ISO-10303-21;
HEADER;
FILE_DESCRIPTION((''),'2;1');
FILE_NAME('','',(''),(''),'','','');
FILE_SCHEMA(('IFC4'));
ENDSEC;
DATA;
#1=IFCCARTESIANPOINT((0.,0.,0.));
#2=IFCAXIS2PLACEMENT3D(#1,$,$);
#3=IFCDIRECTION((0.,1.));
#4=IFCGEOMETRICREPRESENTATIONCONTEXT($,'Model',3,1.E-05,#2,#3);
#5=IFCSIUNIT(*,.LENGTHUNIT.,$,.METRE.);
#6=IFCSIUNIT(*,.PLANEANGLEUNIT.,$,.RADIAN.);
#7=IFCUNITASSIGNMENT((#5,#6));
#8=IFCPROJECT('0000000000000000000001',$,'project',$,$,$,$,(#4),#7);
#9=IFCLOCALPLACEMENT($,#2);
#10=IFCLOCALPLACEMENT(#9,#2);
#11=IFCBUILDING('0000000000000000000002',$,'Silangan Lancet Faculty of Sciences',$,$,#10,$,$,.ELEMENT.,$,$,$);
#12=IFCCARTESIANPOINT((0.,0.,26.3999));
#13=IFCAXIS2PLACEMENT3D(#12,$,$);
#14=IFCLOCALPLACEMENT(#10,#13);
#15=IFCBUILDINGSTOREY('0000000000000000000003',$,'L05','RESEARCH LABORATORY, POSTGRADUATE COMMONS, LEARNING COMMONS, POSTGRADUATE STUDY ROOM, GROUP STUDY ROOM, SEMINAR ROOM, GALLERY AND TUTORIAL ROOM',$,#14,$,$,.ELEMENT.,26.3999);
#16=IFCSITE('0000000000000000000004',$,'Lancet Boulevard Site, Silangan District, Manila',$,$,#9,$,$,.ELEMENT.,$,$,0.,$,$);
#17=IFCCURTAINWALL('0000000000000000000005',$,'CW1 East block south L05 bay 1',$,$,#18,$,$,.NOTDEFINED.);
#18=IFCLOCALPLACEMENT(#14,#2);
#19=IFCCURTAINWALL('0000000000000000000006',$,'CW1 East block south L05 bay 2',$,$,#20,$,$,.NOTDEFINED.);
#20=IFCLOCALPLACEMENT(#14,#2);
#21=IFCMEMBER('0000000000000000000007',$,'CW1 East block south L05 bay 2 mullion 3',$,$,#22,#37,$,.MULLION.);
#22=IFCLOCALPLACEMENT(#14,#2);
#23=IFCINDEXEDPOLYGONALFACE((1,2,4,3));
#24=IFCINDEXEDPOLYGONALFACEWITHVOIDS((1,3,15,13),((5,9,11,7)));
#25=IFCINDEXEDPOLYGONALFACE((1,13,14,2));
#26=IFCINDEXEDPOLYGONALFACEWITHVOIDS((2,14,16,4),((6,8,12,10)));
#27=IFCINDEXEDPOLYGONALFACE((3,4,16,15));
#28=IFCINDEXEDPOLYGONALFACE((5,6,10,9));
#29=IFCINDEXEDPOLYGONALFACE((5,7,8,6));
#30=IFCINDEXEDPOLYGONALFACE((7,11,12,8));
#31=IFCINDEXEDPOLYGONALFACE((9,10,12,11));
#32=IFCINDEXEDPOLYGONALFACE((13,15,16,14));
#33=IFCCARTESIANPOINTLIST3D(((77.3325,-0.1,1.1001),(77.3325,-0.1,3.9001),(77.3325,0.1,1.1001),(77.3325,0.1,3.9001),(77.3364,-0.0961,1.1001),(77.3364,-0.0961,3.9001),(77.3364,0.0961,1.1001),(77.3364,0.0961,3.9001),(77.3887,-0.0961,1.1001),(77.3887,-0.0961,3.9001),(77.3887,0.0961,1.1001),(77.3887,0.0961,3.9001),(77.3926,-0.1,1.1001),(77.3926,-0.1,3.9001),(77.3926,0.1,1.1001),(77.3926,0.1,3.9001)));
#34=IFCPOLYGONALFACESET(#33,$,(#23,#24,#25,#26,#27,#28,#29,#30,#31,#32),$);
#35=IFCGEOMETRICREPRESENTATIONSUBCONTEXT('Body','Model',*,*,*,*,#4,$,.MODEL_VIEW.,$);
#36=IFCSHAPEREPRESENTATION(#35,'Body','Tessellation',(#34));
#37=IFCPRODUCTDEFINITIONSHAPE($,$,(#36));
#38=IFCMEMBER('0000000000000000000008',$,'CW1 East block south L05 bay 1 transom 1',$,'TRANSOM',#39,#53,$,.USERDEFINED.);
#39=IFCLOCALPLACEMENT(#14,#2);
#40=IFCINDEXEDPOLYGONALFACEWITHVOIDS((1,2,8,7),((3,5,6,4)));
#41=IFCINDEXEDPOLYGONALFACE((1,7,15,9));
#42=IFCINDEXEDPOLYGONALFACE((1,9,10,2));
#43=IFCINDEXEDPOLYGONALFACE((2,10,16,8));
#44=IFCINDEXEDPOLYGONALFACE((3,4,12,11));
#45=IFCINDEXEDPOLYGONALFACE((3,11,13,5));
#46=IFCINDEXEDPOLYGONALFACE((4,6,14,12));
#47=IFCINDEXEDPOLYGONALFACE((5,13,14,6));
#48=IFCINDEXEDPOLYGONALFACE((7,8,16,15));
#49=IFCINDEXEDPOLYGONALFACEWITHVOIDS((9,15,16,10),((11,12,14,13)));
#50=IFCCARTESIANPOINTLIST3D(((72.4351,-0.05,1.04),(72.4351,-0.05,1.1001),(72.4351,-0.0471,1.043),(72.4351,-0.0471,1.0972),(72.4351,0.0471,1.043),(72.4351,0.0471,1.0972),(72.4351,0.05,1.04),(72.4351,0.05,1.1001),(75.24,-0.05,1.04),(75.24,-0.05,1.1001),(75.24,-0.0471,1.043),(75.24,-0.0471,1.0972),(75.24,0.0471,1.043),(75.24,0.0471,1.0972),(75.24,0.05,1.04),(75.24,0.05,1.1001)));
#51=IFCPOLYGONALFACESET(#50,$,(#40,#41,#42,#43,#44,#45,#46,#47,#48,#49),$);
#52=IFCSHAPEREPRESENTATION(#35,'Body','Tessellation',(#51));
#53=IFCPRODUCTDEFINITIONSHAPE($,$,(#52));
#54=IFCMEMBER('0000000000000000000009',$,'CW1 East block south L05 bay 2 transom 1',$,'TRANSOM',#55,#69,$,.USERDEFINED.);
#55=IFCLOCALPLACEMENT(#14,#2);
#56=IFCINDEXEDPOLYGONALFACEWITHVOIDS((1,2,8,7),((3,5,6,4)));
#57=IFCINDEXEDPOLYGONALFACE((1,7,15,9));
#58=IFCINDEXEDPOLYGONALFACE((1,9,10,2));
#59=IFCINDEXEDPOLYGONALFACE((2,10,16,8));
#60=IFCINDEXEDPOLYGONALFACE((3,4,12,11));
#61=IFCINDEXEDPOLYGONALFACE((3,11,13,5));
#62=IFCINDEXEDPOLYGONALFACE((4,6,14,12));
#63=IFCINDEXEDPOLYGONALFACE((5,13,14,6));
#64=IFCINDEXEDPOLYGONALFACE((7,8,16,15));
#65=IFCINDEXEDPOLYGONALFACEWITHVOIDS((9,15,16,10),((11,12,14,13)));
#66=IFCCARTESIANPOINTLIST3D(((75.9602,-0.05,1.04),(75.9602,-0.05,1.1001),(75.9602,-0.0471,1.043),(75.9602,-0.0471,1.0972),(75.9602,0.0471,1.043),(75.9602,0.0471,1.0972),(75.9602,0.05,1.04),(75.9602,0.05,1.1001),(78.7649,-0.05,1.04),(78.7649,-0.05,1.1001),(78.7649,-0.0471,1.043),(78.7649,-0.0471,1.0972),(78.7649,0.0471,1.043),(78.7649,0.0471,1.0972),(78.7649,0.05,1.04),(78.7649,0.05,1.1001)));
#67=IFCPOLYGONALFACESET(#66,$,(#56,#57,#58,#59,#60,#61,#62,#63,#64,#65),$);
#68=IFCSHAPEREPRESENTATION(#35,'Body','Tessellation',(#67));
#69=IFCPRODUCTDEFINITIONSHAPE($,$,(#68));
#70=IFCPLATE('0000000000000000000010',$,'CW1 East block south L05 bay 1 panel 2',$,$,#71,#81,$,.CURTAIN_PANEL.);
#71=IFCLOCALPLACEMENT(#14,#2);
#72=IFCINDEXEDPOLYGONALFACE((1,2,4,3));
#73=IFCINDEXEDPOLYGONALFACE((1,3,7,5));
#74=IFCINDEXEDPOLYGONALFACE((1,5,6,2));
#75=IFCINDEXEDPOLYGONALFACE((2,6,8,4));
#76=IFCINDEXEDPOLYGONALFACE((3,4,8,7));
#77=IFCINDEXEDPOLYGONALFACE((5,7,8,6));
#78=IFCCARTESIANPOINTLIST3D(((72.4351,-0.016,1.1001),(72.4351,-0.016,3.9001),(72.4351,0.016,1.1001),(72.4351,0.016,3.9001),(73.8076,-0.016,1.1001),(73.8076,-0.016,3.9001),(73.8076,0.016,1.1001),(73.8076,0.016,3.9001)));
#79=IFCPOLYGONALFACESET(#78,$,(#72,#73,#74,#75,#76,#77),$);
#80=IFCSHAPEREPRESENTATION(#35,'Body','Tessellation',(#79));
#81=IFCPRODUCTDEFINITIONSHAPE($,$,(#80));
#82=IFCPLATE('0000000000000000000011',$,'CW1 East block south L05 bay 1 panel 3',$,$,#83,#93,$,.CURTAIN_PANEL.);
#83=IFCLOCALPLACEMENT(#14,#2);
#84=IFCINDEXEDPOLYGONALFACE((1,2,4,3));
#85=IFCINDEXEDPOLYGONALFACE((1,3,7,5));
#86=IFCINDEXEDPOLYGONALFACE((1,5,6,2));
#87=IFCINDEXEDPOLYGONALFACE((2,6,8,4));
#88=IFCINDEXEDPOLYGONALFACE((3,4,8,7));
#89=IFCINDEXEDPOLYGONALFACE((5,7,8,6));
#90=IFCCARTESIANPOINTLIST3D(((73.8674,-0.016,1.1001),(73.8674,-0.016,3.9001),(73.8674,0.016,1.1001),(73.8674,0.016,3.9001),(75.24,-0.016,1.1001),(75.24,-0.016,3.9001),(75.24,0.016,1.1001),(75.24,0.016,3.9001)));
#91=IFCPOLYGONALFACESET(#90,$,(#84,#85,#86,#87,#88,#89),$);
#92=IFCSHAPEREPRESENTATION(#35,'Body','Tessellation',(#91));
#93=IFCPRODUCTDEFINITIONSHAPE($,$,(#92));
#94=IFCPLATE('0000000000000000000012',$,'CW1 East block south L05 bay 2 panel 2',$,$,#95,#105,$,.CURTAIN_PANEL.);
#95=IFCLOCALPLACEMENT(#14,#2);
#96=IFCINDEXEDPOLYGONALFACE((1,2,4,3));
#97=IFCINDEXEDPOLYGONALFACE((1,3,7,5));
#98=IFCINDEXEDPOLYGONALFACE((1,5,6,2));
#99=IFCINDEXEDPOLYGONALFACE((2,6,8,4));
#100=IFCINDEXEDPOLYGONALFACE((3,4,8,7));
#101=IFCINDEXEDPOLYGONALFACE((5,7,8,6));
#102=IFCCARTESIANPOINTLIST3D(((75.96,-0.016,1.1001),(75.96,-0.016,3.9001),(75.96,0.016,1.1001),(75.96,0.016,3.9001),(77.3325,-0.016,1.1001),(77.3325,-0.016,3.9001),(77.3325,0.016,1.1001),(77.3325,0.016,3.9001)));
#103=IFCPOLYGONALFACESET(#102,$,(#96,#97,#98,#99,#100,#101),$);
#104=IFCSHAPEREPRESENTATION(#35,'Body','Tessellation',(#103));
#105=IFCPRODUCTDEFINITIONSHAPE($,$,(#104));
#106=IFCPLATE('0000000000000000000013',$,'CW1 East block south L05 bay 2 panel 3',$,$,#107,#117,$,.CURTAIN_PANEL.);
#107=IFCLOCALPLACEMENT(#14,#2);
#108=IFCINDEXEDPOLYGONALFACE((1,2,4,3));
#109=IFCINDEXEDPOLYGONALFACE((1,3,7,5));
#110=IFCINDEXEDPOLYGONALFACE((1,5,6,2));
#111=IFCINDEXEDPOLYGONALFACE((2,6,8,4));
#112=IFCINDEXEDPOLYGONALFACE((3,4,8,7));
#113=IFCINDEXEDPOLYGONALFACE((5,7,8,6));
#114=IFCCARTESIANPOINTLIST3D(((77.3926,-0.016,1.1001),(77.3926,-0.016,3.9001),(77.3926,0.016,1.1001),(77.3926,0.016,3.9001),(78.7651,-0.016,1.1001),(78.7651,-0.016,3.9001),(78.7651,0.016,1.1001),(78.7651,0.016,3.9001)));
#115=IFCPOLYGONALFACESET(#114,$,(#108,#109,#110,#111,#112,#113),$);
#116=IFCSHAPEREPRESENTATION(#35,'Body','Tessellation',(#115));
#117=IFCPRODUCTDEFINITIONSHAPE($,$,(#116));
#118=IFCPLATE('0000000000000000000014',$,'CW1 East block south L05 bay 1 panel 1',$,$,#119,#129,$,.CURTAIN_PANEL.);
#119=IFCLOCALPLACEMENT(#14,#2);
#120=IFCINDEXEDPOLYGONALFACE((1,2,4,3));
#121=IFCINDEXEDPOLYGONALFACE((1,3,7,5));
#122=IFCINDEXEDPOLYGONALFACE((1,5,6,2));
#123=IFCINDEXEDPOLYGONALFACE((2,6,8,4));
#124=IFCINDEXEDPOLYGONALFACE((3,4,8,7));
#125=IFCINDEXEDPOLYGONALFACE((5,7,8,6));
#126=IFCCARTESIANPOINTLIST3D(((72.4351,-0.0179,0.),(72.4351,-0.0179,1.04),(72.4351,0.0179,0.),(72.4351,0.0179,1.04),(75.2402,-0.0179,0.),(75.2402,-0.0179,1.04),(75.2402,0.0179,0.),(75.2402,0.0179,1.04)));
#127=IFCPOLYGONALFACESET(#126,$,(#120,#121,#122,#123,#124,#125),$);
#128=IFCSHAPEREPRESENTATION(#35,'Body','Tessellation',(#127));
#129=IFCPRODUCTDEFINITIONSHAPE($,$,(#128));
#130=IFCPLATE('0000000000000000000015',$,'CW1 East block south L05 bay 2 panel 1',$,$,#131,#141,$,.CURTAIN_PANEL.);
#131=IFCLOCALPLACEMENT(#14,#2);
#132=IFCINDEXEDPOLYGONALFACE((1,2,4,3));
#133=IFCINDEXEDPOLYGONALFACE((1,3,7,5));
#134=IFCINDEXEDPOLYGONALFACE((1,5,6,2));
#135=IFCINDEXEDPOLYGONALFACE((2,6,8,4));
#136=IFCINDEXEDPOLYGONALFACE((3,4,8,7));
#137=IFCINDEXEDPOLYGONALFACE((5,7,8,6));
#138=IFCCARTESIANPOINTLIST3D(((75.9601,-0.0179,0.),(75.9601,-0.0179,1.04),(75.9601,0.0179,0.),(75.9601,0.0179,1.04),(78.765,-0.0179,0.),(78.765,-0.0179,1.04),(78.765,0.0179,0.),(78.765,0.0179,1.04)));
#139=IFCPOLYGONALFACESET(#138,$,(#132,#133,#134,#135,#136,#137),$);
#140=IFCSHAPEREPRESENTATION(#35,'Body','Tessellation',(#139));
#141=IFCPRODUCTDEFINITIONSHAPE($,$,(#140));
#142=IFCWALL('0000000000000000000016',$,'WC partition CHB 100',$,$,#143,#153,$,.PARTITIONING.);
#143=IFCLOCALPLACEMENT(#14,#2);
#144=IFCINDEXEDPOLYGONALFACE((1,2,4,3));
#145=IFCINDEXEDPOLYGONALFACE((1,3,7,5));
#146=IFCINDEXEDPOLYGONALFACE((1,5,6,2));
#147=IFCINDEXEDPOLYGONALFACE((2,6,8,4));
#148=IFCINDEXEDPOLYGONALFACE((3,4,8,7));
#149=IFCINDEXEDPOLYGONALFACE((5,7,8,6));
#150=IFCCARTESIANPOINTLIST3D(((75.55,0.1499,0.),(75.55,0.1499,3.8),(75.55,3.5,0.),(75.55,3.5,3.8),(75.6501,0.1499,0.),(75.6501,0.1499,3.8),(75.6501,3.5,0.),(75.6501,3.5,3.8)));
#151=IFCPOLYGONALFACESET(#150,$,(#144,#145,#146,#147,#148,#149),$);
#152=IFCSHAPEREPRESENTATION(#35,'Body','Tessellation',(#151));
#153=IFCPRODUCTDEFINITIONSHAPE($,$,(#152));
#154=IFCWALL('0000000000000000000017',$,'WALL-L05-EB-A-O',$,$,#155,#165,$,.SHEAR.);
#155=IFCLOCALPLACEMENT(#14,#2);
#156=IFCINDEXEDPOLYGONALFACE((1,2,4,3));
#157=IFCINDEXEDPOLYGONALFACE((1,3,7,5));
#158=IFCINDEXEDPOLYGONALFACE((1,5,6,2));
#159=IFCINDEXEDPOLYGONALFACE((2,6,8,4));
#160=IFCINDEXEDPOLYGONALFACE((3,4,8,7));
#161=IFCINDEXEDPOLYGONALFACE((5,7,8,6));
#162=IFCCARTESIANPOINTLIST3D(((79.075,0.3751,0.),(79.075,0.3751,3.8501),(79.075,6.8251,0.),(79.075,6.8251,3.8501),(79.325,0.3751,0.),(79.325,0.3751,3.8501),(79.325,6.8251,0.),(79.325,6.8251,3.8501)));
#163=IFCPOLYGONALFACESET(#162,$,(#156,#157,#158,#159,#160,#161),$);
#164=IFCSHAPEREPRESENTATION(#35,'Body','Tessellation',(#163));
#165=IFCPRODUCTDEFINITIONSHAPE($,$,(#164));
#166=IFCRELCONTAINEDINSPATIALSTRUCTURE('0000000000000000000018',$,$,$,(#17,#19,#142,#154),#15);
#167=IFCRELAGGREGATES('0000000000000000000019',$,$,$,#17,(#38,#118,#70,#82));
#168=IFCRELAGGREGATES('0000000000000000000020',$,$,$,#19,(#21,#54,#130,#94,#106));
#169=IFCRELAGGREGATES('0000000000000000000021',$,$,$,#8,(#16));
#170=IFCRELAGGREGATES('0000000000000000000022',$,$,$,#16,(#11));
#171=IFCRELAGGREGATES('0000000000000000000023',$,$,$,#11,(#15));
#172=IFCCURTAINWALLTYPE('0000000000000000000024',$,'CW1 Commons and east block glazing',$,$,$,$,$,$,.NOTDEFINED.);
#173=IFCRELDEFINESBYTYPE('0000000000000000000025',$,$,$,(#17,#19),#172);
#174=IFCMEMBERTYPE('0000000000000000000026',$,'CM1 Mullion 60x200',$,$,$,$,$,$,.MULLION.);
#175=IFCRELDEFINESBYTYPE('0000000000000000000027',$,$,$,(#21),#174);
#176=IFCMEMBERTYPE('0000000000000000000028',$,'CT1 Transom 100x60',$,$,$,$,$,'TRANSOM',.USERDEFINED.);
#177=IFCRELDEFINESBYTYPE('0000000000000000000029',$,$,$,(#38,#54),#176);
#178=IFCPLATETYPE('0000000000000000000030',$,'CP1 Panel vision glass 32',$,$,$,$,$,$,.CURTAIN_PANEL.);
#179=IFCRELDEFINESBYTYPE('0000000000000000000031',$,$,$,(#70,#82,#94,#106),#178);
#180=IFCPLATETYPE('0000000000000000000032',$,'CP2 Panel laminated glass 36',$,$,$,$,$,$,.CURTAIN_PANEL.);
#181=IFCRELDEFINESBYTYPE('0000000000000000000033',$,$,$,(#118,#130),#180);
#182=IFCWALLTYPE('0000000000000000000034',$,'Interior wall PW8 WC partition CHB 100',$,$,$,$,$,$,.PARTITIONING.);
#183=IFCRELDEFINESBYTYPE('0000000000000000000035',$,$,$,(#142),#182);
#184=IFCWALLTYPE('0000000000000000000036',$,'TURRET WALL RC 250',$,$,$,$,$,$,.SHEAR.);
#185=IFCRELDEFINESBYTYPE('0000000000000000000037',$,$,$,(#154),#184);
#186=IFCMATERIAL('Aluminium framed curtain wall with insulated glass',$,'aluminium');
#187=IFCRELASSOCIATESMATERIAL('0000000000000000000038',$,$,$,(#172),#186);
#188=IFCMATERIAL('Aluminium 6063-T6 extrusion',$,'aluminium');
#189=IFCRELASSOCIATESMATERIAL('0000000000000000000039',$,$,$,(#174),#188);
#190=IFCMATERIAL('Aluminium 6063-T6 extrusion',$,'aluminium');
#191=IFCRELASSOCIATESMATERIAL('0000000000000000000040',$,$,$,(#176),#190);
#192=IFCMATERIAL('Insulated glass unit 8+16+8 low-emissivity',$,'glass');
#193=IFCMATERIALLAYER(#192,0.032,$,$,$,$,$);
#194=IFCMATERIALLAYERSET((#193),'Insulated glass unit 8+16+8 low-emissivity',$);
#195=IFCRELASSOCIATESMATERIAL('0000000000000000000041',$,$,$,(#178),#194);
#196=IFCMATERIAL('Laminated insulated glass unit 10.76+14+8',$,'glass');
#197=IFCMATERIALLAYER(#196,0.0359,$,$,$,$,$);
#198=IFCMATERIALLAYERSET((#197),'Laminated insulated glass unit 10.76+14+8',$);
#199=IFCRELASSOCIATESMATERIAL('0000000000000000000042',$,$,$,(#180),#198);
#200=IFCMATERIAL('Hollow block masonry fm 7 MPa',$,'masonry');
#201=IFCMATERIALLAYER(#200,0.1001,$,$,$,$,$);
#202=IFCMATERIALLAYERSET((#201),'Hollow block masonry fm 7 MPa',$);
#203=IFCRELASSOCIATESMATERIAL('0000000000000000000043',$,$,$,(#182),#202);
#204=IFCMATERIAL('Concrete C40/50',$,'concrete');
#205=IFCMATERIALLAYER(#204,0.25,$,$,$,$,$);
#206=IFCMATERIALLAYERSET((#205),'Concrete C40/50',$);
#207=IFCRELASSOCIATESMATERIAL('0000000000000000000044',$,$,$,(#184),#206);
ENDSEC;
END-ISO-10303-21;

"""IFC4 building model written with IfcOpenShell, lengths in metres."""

from ifc_helpers import new_model, si_unit, direction, frame, frame_2d, origin, origin_2d, place, context, subcontext, project, spatial, rectangle, hollow_rectangle, extrude, material, layer, layer_set, material_profile, profile_set, type_object, element, aggregate, save


model = new_model("IFC4")

# Units and contexts
model_context = context("Model", 3, precision=1e-05, world=origin(), true_north=direction((0.0, 1.0)))
body_context = subcontext(model_context, "Body", "Model", "MODEL_VIEW")
ifc_project = project(units=[si_unit("LENGTHUNIT", "METRE"), si_unit("PLANEANGLEUNIT", "RADIAN")], contexts=[model_context])

# Site, building, storey
site_placement = place(None, origin())
site = spatial("IfcSite", under=ifc_project, at=site_placement, Name="Lancet Boulevard Site, Silangan District, Manila", CompositionType="ELEMENT", RefElevation=0.0)
building_placement = place(site_placement, origin())
building = spatial("IfcBuilding", under=site, at=building_placement, Name="Silangan Lancet Faculty of Sciences", CompositionType="ELEMENT")
storey_placement = place(building_placement, frame((0.0, 0.0, 26.3999)))
storey = spatial("IfcBuildingStorey", under=building, at=storey_placement, Name="L05", Description="RESEARCH LABORATORY, POSTGRADUATE COMMONS, LEARNING COMMONS, POSTGRADUATE STUDY ROOM, GROUP STUDY ROOM, SEMINAR ROOM, GALLERY AND TUTORIAL ROOM", CompositionType="ELEMENT", Elevation=26.3999)

# Curtain walls, member
ifc_material_1 = material(Name="Aluminium framed curtain wall with insulated glass", Category="aluminium")
curtain_wall_type = type_object("IfcCurtainWallType", Name="CW1 Commons and east block glazing", PredefinedType="NOTDEFINED", material=ifc_material_1)
curtain_wall_1_placement = place(storey_placement, origin())
curtain_wall_1 = element("IfcCurtainWall", 1, at=curtain_wall_1_placement, inside=storey, type_object=curtain_wall_type, Name="CW1 East block south L05 bay 1", PredefinedType="NOTDEFINED")
ifc_material_2 = material(Name="Aluminium 6063-T6 extrusion", Category="aluminium")
ifc_material_profile_1 = material_profile(ifc_material_2, hollow_rectangle(XDim=0.0601, YDim=0.2, WallThickness=0.0039, at=origin_2d()), Name="AL BOX 60x200x4")
ifc_profile_set_1 = profile_set([ifc_material_profile_1], Name="Aluminium 6063-T6 extrusion")
member_type_1 = type_object("IfcMemberType", Name="CM1 Mullion 60x200", PredefinedType="MULLION", material=ifc_profile_set_1)
curtain_wall_2_placement = place(storey_placement, origin())
curtain_wall_2 = element("IfcCurtainWall", 2, at=curtain_wall_2_placement, inside=storey, type_object=curtain_wall_type, Name="CW1 East block south L05 bay 2", PredefinedType="NOTDEFINED")
member_1_placement = place(storey_placement, frame((77.3625, 0.0, 1.1001), z_axis=(0.0, 0.0, 1.0), x_axis=(1.0, 0.0, 0.0)))
member_1 = element("IfcMember", 3, at=member_1_placement, type_object=member_type_1, Name="CW1 East block south L05 bay 2 mullion 3", PredefinedType="MULLION", context=body_context, shape_type="SweptSolid", body=[
    extrude(hollow_rectangle(XDim=0.0601, YDim=0.2, WallThickness=0.0039, at=origin_2d()), origin(), (0.0, 0.0, 1.0), 2.8),
])

# Members
ifc_material_3 = material(Name="Aluminium 6063-T6 extrusion", Category="aluminium")
ifc_material_profile_2 = material_profile(ifc_material_3, hollow_rectangle(XDim=0.1001, YDim=0.0601, WallThickness=0.0029, at=origin_2d()), Name="AL BOX 100x60x3")
ifc_profile_set_2 = profile_set([ifc_material_profile_2], Name="Aluminium 6063-T6 extrusion")
member_type_2 = type_object("IfcMemberType", Name="CT1 Transom 100x60", ElementType="TRANSOM", PredefinedType="USERDEFINED", material=ifc_profile_set_2)
member_2_placement = place(storey_placement, frame((72.4351, 0.0, 1.0701), z_axis=(1.0, 0.0, 0.0), x_axis=(0.0, 1.0, 0.0)))
member_2 = element("IfcMember", 4, at=member_2_placement, type_object=member_type_2, Name="CW1 East block south L05 bay 1 transom 1", ObjectType="TRANSOM", PredefinedType="USERDEFINED", context=body_context, shape_type="SweptSolid", body=[
    extrude(hollow_rectangle(XDim=0.1001, YDim=0.0601, WallThickness=0.0029, at=origin_2d()), origin(), (0.0, 0.0, 1.0), 2.8049),
])
member_3_placement = place(storey_placement, frame((75.9602, 0.0, 1.0701), z_axis=(1.0, 0.0, 0.0), x_axis=(0.0, 1.0, 0.0)))
member_3 = element("IfcMember", 5, at=member_3_placement, type_object=member_type_2, Name="CW1 East block south L05 bay 2 transom 1", ObjectType="TRANSOM", PredefinedType="USERDEFINED", context=body_context, shape_type="SweptSolid", body=[
    extrude(hollow_rectangle(XDim=0.1001, YDim=0.0601, WallThickness=0.0029, at=origin_2d()), origin(), (0.0, 0.0, 1.0), 2.8047),
])

# Plates
ifc_material_4 = material(Name="Insulated glass unit 8+16+8 low-emissivity", Category="glass")
ifc_layer_1 = layer(ifc_material_4, 0.032)
ifc_layer_set_1 = layer_set([ifc_layer_1], Name="Insulated glass unit 8+16+8 low-emissivity")
plate_type_1 = type_object("IfcPlateType", Name="CP1 Panel vision glass 32", PredefinedType="CURTAIN_PANEL", material=ifc_layer_set_1)
plate_1_placement = place(storey_placement, frame((73.1213, 0.0, 1.1001), z_axis=(0.0, 0.0, 1.0), x_axis=(1.0, 0.0, 0.0)))
plate_1 = element("IfcPlate", 6, at=plate_1_placement, type_object=plate_type_1, Name="CW1 East block south L05 bay 1 panel 2", PredefinedType="CURTAIN_PANEL", context=body_context, shape_type="SweptSolid", body=[
    extrude(rectangle(XDim=1.3726, YDim=0.032, at=origin_2d()), origin(), (0.0, 0.0, 1.0), 2.8),
])
plate_2_placement = place(storey_placement, frame((74.5537, 0.0, 1.1001), z_axis=(0.0, 0.0, 1.0), x_axis=(1.0, 0.0, 0.0)))
plate_2 = element("IfcPlate", 7, at=plate_2_placement, type_object=plate_type_1, Name="CW1 East block south L05 bay 1 panel 3", PredefinedType="CURTAIN_PANEL", context=body_context, shape_type="SweptSolid", body=[
    extrude(rectangle(XDim=1.3726, YDim=0.032, at=origin_2d()), origin(), (0.0, 0.0, 1.0), 2.8),
])
plate_3_placement = place(storey_placement, frame((76.6462, 0.0, 1.1001), z_axis=(0.0, 0.0, 1.0), x_axis=(1.0, 0.0, 0.0)))
plate_3 = element("IfcPlate", 8, at=plate_3_placement, type_object=plate_type_1, Name="CW1 East block south L05 bay 2 panel 2", PredefinedType="CURTAIN_PANEL", context=body_context, shape_type="SweptSolid", body=[
    extrude(rectangle(XDim=1.3726, YDim=0.032, at=origin_2d()), origin(), (0.0, 0.0, 1.0), 2.8),
])
plate_4_placement = place(storey_placement, frame((78.0789, 0.0, 1.1001), z_axis=(0.0, 0.0, 1.0), x_axis=(1.0, 0.0, 0.0)))
plate_4 = element("IfcPlate", 9, at=plate_4_placement, type_object=plate_type_1, Name="CW1 East block south L05 bay 2 panel 3", PredefinedType="CURTAIN_PANEL", context=body_context, shape_type="SweptSolid", body=[
    extrude(rectangle(XDim=1.3726, YDim=0.032, at=origin_2d()), origin(), (0.0, 0.0, 1.0), 2.8),
])
ifc_material_5 = material(Name="Laminated insulated glass unit 10.76+14+8", Category="glass")
ifc_layer_2 = layer(ifc_material_5, 0.0359)
ifc_layer_set_2 = layer_set([ifc_layer_2], Name="Laminated insulated glass unit 10.76+14+8")
plate_type_2 = type_object("IfcPlateType", Name="CP2 Panel laminated glass 36", PredefinedType="CURTAIN_PANEL", material=ifc_layer_set_2)
plate_5_placement = place(storey_placement, frame((73.8376, 0.0, 0.0), z_axis=(0.0, 0.0, 1.0), x_axis=(1.0, 0.0, 0.0)))
plate_5 = element("IfcPlate", 10, at=plate_5_placement, type_object=plate_type_2, Name="CW1 East block south L05 bay 1 panel 1", PredefinedType="CURTAIN_PANEL", context=body_context, shape_type="SweptSolid", body=[
    extrude(rectangle(XDim=2.8052, YDim=0.0359, at=origin_2d()), origin(), (0.0, 0.0, 1.0), 1.04),
])
aggregate(curtain_wall_1, [member_2, plate_5, plate_1, plate_2])
plate_6_placement = place(storey_placement, frame((77.3625, 0.0, 0.0), z_axis=(0.0, 0.0, 1.0), x_axis=(1.0, 0.0, 0.0)))
plate_6 = element("IfcPlate", 11, at=plate_6_placement, type_object=plate_type_2, Name="CW1 East block south L05 bay 2 panel 1", PredefinedType="CURTAIN_PANEL", context=body_context, shape_type="SweptSolid", body=[
    extrude(rectangle(XDim=2.8049, YDim=0.0359, at=origin_2d()), origin(), (0.0, 0.0, 1.0), 1.04),
])
aggregate(curtain_wall_2, [member_1, member_3, plate_6, plate_3, plate_4])

# Walls
ifc_material_6 = material(Name="Hollow block masonry fm 7 MPa", Category="masonry")
ifc_layer_3 = layer(ifc_material_6, 0.1001)
ifc_layer_set_3 = layer_set([ifc_layer_3], Name="Hollow block masonry fm 7 MPa")
wall_type_1 = type_object("IfcWallType", Name="Interior wall PW8 WC partition CHB 100", PredefinedType="PARTITIONING", material=ifc_layer_set_3)
wall_1_placement = place(storey_placement, frame((75.6001, 0.1499, 0.0), z_axis=(0.0, 0.0, 1.0), x_axis=(0.0, 1.0, 0.0)))
element("IfcWall", 12, at=wall_1_placement, inside=storey, type_object=wall_type_1, Name="WC partition CHB 100", PredefinedType="PARTITIONING", context=body_context, shape_type="SweptSolid", body=[
    extrude(rectangle(XDim=3.3501, YDim=0.1001, at=frame_2d((1.675, 0.0))), origin(), (0.0, 0.0, 1.0), 3.8),
])
ifc_material_7 = material(Name="Concrete C40/50", Category="concrete")
ifc_layer_4 = layer(ifc_material_7, 0.25)
ifc_layer_set_4 = layer_set([ifc_layer_4], Name="Concrete C40/50")
wall_type_2 = type_object("IfcWallType", Name="TURRET WALL RC 250", PredefinedType="SHEAR", material=ifc_layer_set_4)
wall_2_placement = place(storey_placement, frame((79.2, 0.375, 0.0), z_axis=(0.0, 0.0, 1.0), x_axis=(0.0, 1.0, 0.0)))
element("IfcWall", 13, at=wall_2_placement, inside=storey, type_object=wall_type_2, Name="WALL-L05-EB-A-O", PredefinedType="SHEAR", context=body_context, shape_type="SweptSolid", body=[
    extrude(rectangle(XDim=6.45, YDim=0.25, at=frame_2d((3.2251, 0.0))), origin(), (0.0, 0.0, 1.0), 3.8501),
])

save(model, "model.ifc")
